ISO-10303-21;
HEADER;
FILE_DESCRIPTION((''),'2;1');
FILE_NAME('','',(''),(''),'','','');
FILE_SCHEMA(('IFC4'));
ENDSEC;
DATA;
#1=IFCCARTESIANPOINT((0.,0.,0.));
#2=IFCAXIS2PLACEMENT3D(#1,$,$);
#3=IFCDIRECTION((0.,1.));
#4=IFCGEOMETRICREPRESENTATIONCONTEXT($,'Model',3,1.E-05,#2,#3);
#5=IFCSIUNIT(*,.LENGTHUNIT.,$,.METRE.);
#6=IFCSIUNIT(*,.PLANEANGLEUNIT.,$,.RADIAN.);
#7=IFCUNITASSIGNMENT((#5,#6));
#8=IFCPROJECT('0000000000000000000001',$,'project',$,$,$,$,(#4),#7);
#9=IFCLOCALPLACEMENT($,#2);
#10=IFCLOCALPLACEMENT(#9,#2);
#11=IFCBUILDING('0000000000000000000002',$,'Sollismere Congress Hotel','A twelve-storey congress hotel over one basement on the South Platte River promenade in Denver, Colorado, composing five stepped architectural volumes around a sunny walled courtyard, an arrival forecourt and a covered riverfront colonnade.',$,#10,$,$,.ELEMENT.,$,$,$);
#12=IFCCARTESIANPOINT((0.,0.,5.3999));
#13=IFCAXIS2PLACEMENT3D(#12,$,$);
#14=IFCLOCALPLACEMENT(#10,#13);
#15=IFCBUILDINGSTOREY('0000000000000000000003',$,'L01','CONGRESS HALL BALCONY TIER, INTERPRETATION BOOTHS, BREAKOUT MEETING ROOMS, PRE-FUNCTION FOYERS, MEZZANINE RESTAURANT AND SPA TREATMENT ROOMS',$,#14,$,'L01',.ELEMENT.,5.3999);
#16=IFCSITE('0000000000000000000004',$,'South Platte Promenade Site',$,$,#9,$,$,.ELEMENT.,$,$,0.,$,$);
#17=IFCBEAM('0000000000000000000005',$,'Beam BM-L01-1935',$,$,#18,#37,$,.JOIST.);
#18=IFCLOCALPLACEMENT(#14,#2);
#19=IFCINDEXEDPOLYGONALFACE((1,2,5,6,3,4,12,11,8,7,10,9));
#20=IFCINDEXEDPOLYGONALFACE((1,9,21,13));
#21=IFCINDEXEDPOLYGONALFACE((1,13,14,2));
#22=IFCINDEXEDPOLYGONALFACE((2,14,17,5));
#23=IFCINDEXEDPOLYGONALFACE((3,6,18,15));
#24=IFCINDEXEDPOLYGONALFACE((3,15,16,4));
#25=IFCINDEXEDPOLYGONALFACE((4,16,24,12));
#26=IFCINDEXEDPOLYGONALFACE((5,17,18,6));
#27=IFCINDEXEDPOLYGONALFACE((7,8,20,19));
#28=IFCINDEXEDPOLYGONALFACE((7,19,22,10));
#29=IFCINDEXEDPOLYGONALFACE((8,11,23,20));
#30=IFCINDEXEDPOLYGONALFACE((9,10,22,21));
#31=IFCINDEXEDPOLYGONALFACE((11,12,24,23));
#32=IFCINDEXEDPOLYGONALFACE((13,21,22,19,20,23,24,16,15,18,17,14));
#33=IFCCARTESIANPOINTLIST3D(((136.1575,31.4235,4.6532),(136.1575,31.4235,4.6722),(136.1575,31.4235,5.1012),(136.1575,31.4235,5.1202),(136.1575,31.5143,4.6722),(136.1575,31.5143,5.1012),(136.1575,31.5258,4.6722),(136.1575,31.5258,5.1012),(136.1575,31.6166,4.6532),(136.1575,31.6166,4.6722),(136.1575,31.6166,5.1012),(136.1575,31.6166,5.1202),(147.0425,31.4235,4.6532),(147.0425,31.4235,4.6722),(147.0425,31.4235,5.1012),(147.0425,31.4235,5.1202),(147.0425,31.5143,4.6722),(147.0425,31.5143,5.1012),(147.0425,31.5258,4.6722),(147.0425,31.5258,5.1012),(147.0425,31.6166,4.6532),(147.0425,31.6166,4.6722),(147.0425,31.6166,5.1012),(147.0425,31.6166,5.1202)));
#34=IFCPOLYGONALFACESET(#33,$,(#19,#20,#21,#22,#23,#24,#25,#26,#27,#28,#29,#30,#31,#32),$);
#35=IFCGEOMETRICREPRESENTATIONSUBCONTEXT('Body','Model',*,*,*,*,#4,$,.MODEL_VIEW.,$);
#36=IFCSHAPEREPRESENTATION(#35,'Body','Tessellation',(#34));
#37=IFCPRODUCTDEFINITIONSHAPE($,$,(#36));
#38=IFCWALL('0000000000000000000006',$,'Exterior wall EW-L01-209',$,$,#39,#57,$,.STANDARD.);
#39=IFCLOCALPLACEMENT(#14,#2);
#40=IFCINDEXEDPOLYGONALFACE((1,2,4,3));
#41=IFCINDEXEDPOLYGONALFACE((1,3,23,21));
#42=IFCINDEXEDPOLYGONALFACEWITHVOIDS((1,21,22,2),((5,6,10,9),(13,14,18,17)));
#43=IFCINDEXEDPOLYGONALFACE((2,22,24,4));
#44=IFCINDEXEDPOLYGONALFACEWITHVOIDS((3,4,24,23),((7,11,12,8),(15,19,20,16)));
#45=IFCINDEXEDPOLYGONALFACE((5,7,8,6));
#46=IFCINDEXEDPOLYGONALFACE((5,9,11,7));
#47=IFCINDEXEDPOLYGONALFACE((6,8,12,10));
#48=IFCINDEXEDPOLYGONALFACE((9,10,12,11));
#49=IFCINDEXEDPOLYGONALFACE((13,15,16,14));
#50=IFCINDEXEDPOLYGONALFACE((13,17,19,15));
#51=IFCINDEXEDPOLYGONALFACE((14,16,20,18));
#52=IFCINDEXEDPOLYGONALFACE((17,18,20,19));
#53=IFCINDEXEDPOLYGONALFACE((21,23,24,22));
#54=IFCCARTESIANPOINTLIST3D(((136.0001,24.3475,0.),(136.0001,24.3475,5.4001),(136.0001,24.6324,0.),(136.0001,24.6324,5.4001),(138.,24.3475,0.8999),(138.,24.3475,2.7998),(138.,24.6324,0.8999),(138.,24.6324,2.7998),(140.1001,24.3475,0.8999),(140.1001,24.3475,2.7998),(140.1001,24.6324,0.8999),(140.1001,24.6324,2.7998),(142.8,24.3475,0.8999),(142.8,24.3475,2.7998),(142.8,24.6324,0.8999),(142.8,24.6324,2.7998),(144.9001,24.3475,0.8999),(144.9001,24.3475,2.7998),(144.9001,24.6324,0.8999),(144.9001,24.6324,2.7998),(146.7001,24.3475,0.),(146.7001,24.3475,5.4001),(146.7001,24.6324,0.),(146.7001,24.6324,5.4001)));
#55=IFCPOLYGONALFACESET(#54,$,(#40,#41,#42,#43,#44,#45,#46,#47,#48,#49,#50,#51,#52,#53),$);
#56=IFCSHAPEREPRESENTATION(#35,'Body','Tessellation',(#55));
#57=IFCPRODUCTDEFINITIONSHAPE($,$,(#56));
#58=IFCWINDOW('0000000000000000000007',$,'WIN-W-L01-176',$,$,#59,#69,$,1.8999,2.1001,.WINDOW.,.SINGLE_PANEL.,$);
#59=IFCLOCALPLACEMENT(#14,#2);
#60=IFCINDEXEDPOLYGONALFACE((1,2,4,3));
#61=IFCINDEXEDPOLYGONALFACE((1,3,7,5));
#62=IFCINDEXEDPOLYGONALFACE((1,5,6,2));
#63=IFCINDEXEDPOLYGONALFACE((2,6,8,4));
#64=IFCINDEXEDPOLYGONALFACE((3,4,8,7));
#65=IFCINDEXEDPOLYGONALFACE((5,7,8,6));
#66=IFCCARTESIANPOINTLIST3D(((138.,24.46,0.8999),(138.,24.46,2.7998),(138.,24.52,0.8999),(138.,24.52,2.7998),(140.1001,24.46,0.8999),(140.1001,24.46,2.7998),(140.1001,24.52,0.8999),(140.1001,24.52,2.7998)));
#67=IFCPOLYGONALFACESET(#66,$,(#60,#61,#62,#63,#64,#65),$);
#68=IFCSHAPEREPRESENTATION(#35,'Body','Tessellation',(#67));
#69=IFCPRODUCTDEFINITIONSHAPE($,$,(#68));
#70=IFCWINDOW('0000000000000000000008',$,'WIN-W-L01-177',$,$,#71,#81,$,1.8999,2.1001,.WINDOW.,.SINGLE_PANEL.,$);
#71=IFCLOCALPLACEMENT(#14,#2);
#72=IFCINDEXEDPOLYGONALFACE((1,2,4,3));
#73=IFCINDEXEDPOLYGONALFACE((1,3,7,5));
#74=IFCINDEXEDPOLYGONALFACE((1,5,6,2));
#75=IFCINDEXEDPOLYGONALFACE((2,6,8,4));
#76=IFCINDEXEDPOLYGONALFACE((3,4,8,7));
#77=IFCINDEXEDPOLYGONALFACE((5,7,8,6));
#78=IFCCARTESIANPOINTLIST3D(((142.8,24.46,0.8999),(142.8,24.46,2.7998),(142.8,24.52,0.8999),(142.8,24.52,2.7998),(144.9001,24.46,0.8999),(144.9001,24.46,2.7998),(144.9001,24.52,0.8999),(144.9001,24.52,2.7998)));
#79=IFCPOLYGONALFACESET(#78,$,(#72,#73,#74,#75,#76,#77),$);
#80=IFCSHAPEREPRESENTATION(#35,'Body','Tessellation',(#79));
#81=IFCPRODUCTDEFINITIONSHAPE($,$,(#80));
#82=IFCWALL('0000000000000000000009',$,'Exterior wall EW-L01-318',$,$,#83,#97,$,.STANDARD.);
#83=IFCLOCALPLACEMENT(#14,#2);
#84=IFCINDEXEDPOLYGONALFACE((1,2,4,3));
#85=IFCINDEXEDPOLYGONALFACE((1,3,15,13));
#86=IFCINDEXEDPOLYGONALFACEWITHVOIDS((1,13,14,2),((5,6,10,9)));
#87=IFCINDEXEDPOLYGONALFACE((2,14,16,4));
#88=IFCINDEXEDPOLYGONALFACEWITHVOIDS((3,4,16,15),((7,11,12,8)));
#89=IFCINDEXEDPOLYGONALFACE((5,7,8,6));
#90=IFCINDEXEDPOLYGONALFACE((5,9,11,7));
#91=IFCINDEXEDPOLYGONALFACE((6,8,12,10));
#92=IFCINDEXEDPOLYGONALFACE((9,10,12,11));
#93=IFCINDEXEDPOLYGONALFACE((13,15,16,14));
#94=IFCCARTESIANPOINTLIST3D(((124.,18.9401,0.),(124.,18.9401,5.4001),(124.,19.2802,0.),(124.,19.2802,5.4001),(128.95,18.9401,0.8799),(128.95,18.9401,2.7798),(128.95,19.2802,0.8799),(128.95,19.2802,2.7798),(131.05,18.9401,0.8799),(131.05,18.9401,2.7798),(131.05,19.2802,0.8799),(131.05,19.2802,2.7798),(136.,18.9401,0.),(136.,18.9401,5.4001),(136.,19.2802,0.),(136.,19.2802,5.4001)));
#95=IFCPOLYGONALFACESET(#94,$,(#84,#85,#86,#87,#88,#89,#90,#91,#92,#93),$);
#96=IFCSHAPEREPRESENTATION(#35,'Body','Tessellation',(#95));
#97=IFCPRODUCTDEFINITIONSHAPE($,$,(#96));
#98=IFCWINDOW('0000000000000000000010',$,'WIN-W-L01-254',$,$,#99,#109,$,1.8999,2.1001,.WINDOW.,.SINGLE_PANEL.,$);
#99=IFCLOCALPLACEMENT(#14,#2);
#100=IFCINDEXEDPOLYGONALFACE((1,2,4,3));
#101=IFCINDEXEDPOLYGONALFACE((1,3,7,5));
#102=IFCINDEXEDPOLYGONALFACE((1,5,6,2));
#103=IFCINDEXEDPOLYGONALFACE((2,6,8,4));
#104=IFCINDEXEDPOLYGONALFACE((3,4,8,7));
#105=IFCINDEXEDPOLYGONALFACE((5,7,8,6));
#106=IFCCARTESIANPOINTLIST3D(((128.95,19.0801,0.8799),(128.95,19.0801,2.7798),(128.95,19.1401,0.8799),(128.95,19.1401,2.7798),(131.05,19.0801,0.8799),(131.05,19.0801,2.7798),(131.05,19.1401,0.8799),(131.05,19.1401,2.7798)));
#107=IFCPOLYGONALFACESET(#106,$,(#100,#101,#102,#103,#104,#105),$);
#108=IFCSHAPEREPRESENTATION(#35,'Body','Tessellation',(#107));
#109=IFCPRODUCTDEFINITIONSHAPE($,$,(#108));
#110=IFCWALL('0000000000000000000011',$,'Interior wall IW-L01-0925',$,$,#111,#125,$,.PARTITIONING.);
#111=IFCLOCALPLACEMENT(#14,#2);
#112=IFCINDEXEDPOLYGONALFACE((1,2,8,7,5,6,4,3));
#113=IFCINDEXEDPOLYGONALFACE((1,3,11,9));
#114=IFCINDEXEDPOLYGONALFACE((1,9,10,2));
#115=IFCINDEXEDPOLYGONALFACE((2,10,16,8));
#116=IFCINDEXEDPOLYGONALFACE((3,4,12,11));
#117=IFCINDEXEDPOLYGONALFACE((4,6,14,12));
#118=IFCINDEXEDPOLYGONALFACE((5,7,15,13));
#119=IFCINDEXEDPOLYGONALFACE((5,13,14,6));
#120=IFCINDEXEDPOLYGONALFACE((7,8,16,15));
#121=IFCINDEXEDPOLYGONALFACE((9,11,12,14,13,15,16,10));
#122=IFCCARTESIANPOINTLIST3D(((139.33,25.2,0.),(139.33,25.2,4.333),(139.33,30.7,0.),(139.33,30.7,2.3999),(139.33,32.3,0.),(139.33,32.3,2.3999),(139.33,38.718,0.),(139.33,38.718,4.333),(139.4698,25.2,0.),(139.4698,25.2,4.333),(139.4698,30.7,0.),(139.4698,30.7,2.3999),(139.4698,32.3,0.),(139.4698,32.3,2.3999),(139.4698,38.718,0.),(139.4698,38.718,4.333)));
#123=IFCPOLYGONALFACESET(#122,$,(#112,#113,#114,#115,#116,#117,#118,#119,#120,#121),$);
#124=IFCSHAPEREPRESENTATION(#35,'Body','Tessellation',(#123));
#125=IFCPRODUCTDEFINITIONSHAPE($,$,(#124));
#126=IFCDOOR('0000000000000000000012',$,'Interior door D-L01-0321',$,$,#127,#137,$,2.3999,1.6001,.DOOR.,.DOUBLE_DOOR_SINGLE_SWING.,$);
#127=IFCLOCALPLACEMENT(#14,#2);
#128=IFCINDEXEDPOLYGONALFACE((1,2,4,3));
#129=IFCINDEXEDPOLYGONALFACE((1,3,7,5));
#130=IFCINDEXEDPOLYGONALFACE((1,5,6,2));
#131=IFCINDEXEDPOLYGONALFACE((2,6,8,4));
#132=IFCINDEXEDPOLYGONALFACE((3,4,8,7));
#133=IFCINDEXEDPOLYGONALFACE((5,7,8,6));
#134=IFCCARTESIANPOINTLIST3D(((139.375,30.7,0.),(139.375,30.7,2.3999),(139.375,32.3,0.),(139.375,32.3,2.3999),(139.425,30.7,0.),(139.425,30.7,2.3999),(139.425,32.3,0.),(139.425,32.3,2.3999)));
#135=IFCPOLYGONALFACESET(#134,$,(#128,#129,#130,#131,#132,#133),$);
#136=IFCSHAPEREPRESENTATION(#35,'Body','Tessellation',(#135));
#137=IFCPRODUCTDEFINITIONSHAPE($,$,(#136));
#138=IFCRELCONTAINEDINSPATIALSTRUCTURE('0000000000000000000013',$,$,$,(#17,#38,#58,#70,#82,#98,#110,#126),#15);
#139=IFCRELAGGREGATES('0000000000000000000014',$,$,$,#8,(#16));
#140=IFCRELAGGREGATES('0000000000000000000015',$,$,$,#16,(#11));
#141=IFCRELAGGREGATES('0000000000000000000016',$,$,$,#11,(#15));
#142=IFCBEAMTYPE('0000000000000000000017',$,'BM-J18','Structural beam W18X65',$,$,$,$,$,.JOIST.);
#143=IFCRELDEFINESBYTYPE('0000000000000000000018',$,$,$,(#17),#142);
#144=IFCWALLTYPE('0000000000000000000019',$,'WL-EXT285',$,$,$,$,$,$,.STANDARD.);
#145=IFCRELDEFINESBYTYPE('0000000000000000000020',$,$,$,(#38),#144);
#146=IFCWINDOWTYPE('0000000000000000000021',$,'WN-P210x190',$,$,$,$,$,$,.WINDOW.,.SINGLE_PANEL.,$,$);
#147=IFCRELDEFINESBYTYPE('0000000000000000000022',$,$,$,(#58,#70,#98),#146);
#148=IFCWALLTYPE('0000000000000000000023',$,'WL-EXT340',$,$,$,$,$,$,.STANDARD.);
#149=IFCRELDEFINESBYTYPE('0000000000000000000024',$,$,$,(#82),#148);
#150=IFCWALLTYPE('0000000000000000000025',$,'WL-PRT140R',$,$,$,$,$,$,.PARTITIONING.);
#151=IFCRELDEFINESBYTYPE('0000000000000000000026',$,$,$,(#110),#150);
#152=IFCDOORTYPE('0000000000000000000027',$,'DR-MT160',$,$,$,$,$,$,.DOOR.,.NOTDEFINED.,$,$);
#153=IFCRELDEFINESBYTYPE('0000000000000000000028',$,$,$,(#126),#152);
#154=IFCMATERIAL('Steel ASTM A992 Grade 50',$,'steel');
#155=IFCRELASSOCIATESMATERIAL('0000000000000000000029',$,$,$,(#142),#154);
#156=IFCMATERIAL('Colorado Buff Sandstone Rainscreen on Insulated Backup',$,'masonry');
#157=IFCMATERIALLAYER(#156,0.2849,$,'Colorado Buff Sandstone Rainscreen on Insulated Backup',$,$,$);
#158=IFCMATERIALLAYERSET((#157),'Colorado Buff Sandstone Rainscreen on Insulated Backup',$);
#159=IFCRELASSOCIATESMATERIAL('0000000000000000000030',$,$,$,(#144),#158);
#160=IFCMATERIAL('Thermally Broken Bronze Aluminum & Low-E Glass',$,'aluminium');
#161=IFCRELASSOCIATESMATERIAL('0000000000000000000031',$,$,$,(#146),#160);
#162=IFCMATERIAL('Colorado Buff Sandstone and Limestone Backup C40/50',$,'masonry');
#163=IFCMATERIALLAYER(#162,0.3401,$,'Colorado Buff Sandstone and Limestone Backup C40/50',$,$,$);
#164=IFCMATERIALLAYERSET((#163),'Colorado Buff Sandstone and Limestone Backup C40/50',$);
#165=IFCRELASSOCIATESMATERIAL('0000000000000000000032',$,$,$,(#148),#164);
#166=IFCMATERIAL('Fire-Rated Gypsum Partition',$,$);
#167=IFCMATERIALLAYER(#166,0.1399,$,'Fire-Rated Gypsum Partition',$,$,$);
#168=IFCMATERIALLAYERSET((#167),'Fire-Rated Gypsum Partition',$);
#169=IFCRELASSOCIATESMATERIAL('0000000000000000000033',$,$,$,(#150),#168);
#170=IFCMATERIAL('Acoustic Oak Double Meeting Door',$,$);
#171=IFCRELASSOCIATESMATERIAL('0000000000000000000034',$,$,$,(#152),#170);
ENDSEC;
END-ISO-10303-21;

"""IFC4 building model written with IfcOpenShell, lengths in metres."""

from ifc_helpers import new_model, si_unit, direction, frame, frame_2d, origin, origin_2d, place, context, subcontext, project, spatial, rectangle, i_section, extrude, material, layer, layer_set, material_profile, profile_set, type_object, element, fill, save


model = new_model("IFC4")

# Units and contexts
model_context = context("Model", 3, precision=1e-05, world=origin(), true_north=direction((0.0, 1.0)))
body_context = subcontext(model_context, "Body", "Model", "MODEL_VIEW")
ifc_project = project(units=[si_unit("LENGTHUNIT", "METRE"), si_unit("PLANEANGLEUNIT", "RADIAN")], contexts=[model_context])

# Site, building, storey
site_placement = place(None, origin())
site = spatial("IfcSite", under=ifc_project, at=site_placement, Name="South Platte Promenade Site", CompositionType="ELEMENT", RefElevation=0.0)
building_placement = place(site_placement, origin())
building = spatial("IfcBuilding", under=site, at=building_placement, Name="Sollismere Congress Hotel", Description="A twelve-storey congress hotel over one basement on the South Platte River promenade in Denver, Colorado, composing five stepped architectural volumes around a sunny walled courtyard, an arrival forecourt and a covered riverfront colonnade.", CompositionType="ELEMENT")
storey_placement = place(building_placement, frame((0.0, 0.0, 5.3999)))
storey = spatial("IfcBuildingStorey", under=building, at=storey_placement, Name="L01", Description="CONGRESS HALL BALCONY TIER, INTERPRETATION BOOTHS, BREAKOUT MEETING ROOMS, PRE-FUNCTION FOYERS, MEZZANINE RESTAURANT AND SPA TREATMENT ROOMS", LongName="L01", CompositionType="ELEMENT", Elevation=5.3999)

# Shared definitions
ifc_material_1 = material(Name="Steel ASTM A992 Grade 50", Category="steel")

# Beam
ifc_material_profile_1 = material_profile(ifc_material_1, i_section(OverallWidth=0.1931, OverallDepth=0.467, WebThickness=0.0115, FlangeThickness=0.019, at=origin_2d()), Name="W18X65")
ifc_profile_set_1 = profile_set([ifc_material_profile_1], Name="Steel ASTM A992 Grade 50")
beam_type_1 = type_object("IfcBeamType", Name="BM-J18", Description="Structural beam W18X65", PredefinedType="JOIST", material=ifc_profile_set_1)
for number, where, z_axis, x_axis, name in (
    (1, (136.1575, 31.52, 4.8867), (1.0, 0.0, 0.0), (0.0, 1.0, 0.0), "Beam BM-L01-1935"),
):
    element("IfcBeam", number, at=place(storey_placement, frame(where, z_axis=z_axis, x_axis=x_axis)), inside=storey, type_object=beam_type_1, Name=name, PredefinedType="JOIST", context=body_context, shape_type="SweptSolid", body=[
        extrude(i_section(OverallWidth=0.1931, OverallDepth=0.467, WebThickness=0.0115, FlangeThickness=0.019, at=origin_2d()), origin(), (0.0, 0.0, 1.0), 10.885),
    ])

# Wall, openings, windows
ifc_material_2 = material(Name="Colorado Buff Sandstone Rainscreen on Insulated Backup", Category="masonry")
ifc_layer_1 = layer(ifc_material_2, 0.2849, Name="Colorado Buff Sandstone Rainscreen on Insulated Backup")
ifc_layer_set_1 = layer_set([ifc_layer_1], Name="Colorado Buff Sandstone Rainscreen on Insulated Backup")
wall_type_1 = type_object("IfcWallType", Name="WL-EXT285", PredefinedType="STANDARD", material=ifc_layer_set_1)
wall_1_placement = place(storey_placement, frame((136.0, 24.49, 0.0), z_axis=(0.0, 0.0, 1.0), x_axis=(1.0, 0.0, 0.0)))
wall_1 = element("IfcWall", 2, at=wall_1_placement, inside=storey, type_object=wall_type_1, Name="Exterior wall EW-L01-209", PredefinedType="STANDARD", context=body_context, shape_type="SweptSolid", body=[
    extrude(rectangle(XDim=10.7, YDim=0.2849, at=frame_2d((5.3501, 0.0))), origin(), (0.0, 0.0, 1.0), 5.4001),
])
opening_1_placement = place(wall_1_placement, frame((2.0, 0.0, 0.8999)))
opening_1 = element("IfcOpeningElement", 3, at=opening_1_placement, cuts=wall_1, PredefinedType="OPENING", context=body_context, shape_type="SweptSolid", body=[
    extrude(rectangle(XDim=2.1001, YDim=1.8999, at=frame_2d((1.05, 0.95))), frame((0.0, 0.1523, 0.0), z_axis=(0.0, -1.0, 0.0), x_axis=(1.0, 0.0, 0.0)), (0.0, 0.0, 1.0), 0.3049),
])
opening_2_placement = place(wall_1_placement, frame((6.8, 0.0, 0.8999)))
opening_2 = element("IfcOpeningElement", 4, at=opening_2_placement, cuts=wall_1, PredefinedType="OPENING", context=body_context, shape_type="SweptSolid", body=[
    extrude(rectangle(XDim=2.1001, YDim=1.8999, at=frame_2d((1.05, 0.95))), frame((0.0, 0.1523, 0.0), z_axis=(0.0, -1.0, 0.0), x_axis=(1.0, 0.0, 0.0)), (0.0, 0.0, 1.0), 0.3049),
])
ifc_material_3 = material(Name="Thermally Broken Bronze Aluminum & Low-E Glass", Category="aluminium")
window_type = type_object("IfcWindowType", Name="WN-P210x190", PartitioningType="SINGLE_PANEL", PredefinedType="WINDOW", material=ifc_material_3)
window_1_placement = place(opening_1_placement, origin())
window_1 = element("IfcWindow", 5, at=window_1_placement, inside=storey, type_object=window_type, Name="WIN-W-L01-176", OverallHeight=1.8999, OverallWidth=2.1001, PartitioningType="SINGLE_PANEL", PredefinedType="WINDOW", context=body_context, shape_type="SweptSolid", body=[
    extrude(rectangle(XDim=2.1001, YDim=1.8999, at=frame_2d((1.05, 0.95))), frame((0.0, 0.03, 0.0), z_axis=(0.0, -1.0, 0.0), x_axis=(1.0, 0.0, 0.0)), (0.0, 0.0, 1.0), 0.0601),
])
fill(opening_1, window_1)
window_2_placement = place(opening_2_placement, origin())
window_2 = element("IfcWindow", 6, at=window_2_placement, inside=storey, type_object=window_type, Name="WIN-W-L01-177", OverallHeight=1.8999, OverallWidth=2.1001, PartitioningType="SINGLE_PANEL", PredefinedType="WINDOW", context=body_context, shape_type="SweptSolid", body=[
    extrude(rectangle(XDim=2.1001, YDim=1.8999, at=frame_2d((1.05, 0.95))), frame((0.0, 0.03, 0.0), z_axis=(0.0, -1.0, 0.0), x_axis=(1.0, 0.0, 0.0)), (0.0, 0.0, 1.0), 0.0601),
])
fill(opening_2, window_2)

# Wall, opening, window
ifc_material_4 = material(Name="Colorado Buff Sandstone and Limestone Backup C40/50", Category="masonry")
ifc_layer_2 = layer(ifc_material_4, 0.3401, Name="Colorado Buff Sandstone and Limestone Backup C40/50")
ifc_layer_set_2 = layer_set([ifc_layer_2], Name="Colorado Buff Sandstone and Limestone Backup C40/50")
wall_type_2 = type_object("IfcWallType", Name="WL-EXT340", PredefinedType="STANDARD", material=ifc_layer_set_2)
wall_2_placement = place(storey_placement, frame((136.0, 19.1101, 0.0), z_axis=(0.0, 0.0, 1.0), x_axis=(-1.0, 0.0, 0.0)))
wall_2 = element("IfcWall", 7, at=wall_2_placement, inside=storey, type_object=wall_type_2, Name="Exterior wall EW-L01-318", PredefinedType="STANDARD", context=body_context, shape_type="SweptSolid", body=[
    extrude(rectangle(XDim=12.0, YDim=0.3401, at=frame_2d((6.0, 0.0))), origin(), (0.0, 0.0, 1.0), 5.4001),
])
opening_3_placement = place(wall_2_placement, frame((4.95, 0.0, 0.8799)))
opening_3 = element("IfcOpeningElement", 8, at=opening_3_placement, cuts=wall_2, PredefinedType="OPENING", context=body_context, shape_type="SweptSolid", body=[
    extrude(rectangle(XDim=2.1001, YDim=1.8999, at=frame_2d((1.05, 0.95))), frame((0.0, 0.1799, 0.0), z_axis=(0.0, -1.0, 0.0), x_axis=(1.0, 0.0, 0.0)), (0.0, 0.0, 1.0), 0.3601),
])
window_3_placement = place(opening_3_placement, origin())
window_3 = element("IfcWindow", 9, at=window_3_placement, inside=storey, type_object=window_type, Name="WIN-W-L01-254", OverallHeight=1.8999, OverallWidth=2.1001, PartitioningType="SINGLE_PANEL", PredefinedType="WINDOW", context=body_context, shape_type="SweptSolid", body=[
    extrude(rectangle(XDim=2.1001, YDim=1.8999, at=frame_2d((1.05, 0.95))), frame((0.0, 0.03, 0.0), z_axis=(0.0, -1.0, 0.0), x_axis=(1.0, 0.0, 0.0)), (0.0, 0.0, 1.0), 0.0601),
])
fill(opening_3, window_3)

# Wall, opening, door
ifc_material_5 = material(Name="Fire-Rated Gypsum Partition")
ifc_layer_3 = layer(ifc_material_5, 0.1399, Name="Fire-Rated Gypsum Partition")
ifc_layer_set_3 = layer_set([ifc_layer_3], Name="Fire-Rated Gypsum Partition")
wall_type_3 = type_object("IfcWallType", Name="WL-PRT140R", PredefinedType="PARTITIONING", material=ifc_layer_set_3)
wall_3_placement = place(storey_placement, frame((139.3999, 25.2, 0.0), z_axis=(0.0, 0.0, 1.0), x_axis=(0.0, 1.0, 0.0)))
wall_3 = element("IfcWall", 10, at=wall_3_placement, inside=storey, type_object=wall_type_3, Name="Interior wall IW-L01-0925", PredefinedType="PARTITIONING", context=body_context, shape_type="SweptSolid", body=[
    extrude(rectangle(XDim=13.5181, YDim=0.1399, at=frame_2d((6.759, 0.0))), origin(), (0.0, 0.0, 1.0), 4.333),
])
opening_4_placement = place(wall_3_placement, frame((5.5, 0.0, 0.0)))
opening_4 = element("IfcOpeningElement", 11, at=opening_4_placement, cuts=wall_3, PredefinedType="OPENING", context=body_context, shape_type="SweptSolid", body=[
    extrude(rectangle(XDim=1.6001, YDim=2.3999, at=frame_2d((0.8, 1.2))), frame((0.0, 0.0798, 0.0), z_axis=(0.0, -1.0, 0.0), x_axis=(1.0, 0.0, 0.0)), (0.0, 0.0, 1.0), 0.1599),
])
ifc_material_6 = material(Name="Acoustic Oak Double Meeting Door")
door_type = type_object("IfcDoorType", Name="DR-MT160", OperationType="NOTDEFINED", PredefinedType="DOOR", material=ifc_material_6)
door_placement = place(opening_4_placement, origin())
door = element("IfcDoor", 12, at=door_placement, inside=storey, type_object=door_type, Name="Interior door D-L01-0321", OperationType="DOUBLE_DOOR_SINGLE_SWING", OverallHeight=2.3999, OverallWidth=1.6001, PredefinedType="DOOR", context=body_context, shape_type="SweptSolid", body=[
    extrude(rectangle(XDim=1.6001, YDim=2.3999, at=frame_2d((0.8, 1.2))), frame((0.0, 0.0249, 0.0), z_axis=(0.0, -1.0, 0.0), x_axis=(1.0, 0.0, 0.0)), (0.0, 0.0, 1.0), 0.05),
])
fill(opening_4, door)

save(model, "model.ifc")
